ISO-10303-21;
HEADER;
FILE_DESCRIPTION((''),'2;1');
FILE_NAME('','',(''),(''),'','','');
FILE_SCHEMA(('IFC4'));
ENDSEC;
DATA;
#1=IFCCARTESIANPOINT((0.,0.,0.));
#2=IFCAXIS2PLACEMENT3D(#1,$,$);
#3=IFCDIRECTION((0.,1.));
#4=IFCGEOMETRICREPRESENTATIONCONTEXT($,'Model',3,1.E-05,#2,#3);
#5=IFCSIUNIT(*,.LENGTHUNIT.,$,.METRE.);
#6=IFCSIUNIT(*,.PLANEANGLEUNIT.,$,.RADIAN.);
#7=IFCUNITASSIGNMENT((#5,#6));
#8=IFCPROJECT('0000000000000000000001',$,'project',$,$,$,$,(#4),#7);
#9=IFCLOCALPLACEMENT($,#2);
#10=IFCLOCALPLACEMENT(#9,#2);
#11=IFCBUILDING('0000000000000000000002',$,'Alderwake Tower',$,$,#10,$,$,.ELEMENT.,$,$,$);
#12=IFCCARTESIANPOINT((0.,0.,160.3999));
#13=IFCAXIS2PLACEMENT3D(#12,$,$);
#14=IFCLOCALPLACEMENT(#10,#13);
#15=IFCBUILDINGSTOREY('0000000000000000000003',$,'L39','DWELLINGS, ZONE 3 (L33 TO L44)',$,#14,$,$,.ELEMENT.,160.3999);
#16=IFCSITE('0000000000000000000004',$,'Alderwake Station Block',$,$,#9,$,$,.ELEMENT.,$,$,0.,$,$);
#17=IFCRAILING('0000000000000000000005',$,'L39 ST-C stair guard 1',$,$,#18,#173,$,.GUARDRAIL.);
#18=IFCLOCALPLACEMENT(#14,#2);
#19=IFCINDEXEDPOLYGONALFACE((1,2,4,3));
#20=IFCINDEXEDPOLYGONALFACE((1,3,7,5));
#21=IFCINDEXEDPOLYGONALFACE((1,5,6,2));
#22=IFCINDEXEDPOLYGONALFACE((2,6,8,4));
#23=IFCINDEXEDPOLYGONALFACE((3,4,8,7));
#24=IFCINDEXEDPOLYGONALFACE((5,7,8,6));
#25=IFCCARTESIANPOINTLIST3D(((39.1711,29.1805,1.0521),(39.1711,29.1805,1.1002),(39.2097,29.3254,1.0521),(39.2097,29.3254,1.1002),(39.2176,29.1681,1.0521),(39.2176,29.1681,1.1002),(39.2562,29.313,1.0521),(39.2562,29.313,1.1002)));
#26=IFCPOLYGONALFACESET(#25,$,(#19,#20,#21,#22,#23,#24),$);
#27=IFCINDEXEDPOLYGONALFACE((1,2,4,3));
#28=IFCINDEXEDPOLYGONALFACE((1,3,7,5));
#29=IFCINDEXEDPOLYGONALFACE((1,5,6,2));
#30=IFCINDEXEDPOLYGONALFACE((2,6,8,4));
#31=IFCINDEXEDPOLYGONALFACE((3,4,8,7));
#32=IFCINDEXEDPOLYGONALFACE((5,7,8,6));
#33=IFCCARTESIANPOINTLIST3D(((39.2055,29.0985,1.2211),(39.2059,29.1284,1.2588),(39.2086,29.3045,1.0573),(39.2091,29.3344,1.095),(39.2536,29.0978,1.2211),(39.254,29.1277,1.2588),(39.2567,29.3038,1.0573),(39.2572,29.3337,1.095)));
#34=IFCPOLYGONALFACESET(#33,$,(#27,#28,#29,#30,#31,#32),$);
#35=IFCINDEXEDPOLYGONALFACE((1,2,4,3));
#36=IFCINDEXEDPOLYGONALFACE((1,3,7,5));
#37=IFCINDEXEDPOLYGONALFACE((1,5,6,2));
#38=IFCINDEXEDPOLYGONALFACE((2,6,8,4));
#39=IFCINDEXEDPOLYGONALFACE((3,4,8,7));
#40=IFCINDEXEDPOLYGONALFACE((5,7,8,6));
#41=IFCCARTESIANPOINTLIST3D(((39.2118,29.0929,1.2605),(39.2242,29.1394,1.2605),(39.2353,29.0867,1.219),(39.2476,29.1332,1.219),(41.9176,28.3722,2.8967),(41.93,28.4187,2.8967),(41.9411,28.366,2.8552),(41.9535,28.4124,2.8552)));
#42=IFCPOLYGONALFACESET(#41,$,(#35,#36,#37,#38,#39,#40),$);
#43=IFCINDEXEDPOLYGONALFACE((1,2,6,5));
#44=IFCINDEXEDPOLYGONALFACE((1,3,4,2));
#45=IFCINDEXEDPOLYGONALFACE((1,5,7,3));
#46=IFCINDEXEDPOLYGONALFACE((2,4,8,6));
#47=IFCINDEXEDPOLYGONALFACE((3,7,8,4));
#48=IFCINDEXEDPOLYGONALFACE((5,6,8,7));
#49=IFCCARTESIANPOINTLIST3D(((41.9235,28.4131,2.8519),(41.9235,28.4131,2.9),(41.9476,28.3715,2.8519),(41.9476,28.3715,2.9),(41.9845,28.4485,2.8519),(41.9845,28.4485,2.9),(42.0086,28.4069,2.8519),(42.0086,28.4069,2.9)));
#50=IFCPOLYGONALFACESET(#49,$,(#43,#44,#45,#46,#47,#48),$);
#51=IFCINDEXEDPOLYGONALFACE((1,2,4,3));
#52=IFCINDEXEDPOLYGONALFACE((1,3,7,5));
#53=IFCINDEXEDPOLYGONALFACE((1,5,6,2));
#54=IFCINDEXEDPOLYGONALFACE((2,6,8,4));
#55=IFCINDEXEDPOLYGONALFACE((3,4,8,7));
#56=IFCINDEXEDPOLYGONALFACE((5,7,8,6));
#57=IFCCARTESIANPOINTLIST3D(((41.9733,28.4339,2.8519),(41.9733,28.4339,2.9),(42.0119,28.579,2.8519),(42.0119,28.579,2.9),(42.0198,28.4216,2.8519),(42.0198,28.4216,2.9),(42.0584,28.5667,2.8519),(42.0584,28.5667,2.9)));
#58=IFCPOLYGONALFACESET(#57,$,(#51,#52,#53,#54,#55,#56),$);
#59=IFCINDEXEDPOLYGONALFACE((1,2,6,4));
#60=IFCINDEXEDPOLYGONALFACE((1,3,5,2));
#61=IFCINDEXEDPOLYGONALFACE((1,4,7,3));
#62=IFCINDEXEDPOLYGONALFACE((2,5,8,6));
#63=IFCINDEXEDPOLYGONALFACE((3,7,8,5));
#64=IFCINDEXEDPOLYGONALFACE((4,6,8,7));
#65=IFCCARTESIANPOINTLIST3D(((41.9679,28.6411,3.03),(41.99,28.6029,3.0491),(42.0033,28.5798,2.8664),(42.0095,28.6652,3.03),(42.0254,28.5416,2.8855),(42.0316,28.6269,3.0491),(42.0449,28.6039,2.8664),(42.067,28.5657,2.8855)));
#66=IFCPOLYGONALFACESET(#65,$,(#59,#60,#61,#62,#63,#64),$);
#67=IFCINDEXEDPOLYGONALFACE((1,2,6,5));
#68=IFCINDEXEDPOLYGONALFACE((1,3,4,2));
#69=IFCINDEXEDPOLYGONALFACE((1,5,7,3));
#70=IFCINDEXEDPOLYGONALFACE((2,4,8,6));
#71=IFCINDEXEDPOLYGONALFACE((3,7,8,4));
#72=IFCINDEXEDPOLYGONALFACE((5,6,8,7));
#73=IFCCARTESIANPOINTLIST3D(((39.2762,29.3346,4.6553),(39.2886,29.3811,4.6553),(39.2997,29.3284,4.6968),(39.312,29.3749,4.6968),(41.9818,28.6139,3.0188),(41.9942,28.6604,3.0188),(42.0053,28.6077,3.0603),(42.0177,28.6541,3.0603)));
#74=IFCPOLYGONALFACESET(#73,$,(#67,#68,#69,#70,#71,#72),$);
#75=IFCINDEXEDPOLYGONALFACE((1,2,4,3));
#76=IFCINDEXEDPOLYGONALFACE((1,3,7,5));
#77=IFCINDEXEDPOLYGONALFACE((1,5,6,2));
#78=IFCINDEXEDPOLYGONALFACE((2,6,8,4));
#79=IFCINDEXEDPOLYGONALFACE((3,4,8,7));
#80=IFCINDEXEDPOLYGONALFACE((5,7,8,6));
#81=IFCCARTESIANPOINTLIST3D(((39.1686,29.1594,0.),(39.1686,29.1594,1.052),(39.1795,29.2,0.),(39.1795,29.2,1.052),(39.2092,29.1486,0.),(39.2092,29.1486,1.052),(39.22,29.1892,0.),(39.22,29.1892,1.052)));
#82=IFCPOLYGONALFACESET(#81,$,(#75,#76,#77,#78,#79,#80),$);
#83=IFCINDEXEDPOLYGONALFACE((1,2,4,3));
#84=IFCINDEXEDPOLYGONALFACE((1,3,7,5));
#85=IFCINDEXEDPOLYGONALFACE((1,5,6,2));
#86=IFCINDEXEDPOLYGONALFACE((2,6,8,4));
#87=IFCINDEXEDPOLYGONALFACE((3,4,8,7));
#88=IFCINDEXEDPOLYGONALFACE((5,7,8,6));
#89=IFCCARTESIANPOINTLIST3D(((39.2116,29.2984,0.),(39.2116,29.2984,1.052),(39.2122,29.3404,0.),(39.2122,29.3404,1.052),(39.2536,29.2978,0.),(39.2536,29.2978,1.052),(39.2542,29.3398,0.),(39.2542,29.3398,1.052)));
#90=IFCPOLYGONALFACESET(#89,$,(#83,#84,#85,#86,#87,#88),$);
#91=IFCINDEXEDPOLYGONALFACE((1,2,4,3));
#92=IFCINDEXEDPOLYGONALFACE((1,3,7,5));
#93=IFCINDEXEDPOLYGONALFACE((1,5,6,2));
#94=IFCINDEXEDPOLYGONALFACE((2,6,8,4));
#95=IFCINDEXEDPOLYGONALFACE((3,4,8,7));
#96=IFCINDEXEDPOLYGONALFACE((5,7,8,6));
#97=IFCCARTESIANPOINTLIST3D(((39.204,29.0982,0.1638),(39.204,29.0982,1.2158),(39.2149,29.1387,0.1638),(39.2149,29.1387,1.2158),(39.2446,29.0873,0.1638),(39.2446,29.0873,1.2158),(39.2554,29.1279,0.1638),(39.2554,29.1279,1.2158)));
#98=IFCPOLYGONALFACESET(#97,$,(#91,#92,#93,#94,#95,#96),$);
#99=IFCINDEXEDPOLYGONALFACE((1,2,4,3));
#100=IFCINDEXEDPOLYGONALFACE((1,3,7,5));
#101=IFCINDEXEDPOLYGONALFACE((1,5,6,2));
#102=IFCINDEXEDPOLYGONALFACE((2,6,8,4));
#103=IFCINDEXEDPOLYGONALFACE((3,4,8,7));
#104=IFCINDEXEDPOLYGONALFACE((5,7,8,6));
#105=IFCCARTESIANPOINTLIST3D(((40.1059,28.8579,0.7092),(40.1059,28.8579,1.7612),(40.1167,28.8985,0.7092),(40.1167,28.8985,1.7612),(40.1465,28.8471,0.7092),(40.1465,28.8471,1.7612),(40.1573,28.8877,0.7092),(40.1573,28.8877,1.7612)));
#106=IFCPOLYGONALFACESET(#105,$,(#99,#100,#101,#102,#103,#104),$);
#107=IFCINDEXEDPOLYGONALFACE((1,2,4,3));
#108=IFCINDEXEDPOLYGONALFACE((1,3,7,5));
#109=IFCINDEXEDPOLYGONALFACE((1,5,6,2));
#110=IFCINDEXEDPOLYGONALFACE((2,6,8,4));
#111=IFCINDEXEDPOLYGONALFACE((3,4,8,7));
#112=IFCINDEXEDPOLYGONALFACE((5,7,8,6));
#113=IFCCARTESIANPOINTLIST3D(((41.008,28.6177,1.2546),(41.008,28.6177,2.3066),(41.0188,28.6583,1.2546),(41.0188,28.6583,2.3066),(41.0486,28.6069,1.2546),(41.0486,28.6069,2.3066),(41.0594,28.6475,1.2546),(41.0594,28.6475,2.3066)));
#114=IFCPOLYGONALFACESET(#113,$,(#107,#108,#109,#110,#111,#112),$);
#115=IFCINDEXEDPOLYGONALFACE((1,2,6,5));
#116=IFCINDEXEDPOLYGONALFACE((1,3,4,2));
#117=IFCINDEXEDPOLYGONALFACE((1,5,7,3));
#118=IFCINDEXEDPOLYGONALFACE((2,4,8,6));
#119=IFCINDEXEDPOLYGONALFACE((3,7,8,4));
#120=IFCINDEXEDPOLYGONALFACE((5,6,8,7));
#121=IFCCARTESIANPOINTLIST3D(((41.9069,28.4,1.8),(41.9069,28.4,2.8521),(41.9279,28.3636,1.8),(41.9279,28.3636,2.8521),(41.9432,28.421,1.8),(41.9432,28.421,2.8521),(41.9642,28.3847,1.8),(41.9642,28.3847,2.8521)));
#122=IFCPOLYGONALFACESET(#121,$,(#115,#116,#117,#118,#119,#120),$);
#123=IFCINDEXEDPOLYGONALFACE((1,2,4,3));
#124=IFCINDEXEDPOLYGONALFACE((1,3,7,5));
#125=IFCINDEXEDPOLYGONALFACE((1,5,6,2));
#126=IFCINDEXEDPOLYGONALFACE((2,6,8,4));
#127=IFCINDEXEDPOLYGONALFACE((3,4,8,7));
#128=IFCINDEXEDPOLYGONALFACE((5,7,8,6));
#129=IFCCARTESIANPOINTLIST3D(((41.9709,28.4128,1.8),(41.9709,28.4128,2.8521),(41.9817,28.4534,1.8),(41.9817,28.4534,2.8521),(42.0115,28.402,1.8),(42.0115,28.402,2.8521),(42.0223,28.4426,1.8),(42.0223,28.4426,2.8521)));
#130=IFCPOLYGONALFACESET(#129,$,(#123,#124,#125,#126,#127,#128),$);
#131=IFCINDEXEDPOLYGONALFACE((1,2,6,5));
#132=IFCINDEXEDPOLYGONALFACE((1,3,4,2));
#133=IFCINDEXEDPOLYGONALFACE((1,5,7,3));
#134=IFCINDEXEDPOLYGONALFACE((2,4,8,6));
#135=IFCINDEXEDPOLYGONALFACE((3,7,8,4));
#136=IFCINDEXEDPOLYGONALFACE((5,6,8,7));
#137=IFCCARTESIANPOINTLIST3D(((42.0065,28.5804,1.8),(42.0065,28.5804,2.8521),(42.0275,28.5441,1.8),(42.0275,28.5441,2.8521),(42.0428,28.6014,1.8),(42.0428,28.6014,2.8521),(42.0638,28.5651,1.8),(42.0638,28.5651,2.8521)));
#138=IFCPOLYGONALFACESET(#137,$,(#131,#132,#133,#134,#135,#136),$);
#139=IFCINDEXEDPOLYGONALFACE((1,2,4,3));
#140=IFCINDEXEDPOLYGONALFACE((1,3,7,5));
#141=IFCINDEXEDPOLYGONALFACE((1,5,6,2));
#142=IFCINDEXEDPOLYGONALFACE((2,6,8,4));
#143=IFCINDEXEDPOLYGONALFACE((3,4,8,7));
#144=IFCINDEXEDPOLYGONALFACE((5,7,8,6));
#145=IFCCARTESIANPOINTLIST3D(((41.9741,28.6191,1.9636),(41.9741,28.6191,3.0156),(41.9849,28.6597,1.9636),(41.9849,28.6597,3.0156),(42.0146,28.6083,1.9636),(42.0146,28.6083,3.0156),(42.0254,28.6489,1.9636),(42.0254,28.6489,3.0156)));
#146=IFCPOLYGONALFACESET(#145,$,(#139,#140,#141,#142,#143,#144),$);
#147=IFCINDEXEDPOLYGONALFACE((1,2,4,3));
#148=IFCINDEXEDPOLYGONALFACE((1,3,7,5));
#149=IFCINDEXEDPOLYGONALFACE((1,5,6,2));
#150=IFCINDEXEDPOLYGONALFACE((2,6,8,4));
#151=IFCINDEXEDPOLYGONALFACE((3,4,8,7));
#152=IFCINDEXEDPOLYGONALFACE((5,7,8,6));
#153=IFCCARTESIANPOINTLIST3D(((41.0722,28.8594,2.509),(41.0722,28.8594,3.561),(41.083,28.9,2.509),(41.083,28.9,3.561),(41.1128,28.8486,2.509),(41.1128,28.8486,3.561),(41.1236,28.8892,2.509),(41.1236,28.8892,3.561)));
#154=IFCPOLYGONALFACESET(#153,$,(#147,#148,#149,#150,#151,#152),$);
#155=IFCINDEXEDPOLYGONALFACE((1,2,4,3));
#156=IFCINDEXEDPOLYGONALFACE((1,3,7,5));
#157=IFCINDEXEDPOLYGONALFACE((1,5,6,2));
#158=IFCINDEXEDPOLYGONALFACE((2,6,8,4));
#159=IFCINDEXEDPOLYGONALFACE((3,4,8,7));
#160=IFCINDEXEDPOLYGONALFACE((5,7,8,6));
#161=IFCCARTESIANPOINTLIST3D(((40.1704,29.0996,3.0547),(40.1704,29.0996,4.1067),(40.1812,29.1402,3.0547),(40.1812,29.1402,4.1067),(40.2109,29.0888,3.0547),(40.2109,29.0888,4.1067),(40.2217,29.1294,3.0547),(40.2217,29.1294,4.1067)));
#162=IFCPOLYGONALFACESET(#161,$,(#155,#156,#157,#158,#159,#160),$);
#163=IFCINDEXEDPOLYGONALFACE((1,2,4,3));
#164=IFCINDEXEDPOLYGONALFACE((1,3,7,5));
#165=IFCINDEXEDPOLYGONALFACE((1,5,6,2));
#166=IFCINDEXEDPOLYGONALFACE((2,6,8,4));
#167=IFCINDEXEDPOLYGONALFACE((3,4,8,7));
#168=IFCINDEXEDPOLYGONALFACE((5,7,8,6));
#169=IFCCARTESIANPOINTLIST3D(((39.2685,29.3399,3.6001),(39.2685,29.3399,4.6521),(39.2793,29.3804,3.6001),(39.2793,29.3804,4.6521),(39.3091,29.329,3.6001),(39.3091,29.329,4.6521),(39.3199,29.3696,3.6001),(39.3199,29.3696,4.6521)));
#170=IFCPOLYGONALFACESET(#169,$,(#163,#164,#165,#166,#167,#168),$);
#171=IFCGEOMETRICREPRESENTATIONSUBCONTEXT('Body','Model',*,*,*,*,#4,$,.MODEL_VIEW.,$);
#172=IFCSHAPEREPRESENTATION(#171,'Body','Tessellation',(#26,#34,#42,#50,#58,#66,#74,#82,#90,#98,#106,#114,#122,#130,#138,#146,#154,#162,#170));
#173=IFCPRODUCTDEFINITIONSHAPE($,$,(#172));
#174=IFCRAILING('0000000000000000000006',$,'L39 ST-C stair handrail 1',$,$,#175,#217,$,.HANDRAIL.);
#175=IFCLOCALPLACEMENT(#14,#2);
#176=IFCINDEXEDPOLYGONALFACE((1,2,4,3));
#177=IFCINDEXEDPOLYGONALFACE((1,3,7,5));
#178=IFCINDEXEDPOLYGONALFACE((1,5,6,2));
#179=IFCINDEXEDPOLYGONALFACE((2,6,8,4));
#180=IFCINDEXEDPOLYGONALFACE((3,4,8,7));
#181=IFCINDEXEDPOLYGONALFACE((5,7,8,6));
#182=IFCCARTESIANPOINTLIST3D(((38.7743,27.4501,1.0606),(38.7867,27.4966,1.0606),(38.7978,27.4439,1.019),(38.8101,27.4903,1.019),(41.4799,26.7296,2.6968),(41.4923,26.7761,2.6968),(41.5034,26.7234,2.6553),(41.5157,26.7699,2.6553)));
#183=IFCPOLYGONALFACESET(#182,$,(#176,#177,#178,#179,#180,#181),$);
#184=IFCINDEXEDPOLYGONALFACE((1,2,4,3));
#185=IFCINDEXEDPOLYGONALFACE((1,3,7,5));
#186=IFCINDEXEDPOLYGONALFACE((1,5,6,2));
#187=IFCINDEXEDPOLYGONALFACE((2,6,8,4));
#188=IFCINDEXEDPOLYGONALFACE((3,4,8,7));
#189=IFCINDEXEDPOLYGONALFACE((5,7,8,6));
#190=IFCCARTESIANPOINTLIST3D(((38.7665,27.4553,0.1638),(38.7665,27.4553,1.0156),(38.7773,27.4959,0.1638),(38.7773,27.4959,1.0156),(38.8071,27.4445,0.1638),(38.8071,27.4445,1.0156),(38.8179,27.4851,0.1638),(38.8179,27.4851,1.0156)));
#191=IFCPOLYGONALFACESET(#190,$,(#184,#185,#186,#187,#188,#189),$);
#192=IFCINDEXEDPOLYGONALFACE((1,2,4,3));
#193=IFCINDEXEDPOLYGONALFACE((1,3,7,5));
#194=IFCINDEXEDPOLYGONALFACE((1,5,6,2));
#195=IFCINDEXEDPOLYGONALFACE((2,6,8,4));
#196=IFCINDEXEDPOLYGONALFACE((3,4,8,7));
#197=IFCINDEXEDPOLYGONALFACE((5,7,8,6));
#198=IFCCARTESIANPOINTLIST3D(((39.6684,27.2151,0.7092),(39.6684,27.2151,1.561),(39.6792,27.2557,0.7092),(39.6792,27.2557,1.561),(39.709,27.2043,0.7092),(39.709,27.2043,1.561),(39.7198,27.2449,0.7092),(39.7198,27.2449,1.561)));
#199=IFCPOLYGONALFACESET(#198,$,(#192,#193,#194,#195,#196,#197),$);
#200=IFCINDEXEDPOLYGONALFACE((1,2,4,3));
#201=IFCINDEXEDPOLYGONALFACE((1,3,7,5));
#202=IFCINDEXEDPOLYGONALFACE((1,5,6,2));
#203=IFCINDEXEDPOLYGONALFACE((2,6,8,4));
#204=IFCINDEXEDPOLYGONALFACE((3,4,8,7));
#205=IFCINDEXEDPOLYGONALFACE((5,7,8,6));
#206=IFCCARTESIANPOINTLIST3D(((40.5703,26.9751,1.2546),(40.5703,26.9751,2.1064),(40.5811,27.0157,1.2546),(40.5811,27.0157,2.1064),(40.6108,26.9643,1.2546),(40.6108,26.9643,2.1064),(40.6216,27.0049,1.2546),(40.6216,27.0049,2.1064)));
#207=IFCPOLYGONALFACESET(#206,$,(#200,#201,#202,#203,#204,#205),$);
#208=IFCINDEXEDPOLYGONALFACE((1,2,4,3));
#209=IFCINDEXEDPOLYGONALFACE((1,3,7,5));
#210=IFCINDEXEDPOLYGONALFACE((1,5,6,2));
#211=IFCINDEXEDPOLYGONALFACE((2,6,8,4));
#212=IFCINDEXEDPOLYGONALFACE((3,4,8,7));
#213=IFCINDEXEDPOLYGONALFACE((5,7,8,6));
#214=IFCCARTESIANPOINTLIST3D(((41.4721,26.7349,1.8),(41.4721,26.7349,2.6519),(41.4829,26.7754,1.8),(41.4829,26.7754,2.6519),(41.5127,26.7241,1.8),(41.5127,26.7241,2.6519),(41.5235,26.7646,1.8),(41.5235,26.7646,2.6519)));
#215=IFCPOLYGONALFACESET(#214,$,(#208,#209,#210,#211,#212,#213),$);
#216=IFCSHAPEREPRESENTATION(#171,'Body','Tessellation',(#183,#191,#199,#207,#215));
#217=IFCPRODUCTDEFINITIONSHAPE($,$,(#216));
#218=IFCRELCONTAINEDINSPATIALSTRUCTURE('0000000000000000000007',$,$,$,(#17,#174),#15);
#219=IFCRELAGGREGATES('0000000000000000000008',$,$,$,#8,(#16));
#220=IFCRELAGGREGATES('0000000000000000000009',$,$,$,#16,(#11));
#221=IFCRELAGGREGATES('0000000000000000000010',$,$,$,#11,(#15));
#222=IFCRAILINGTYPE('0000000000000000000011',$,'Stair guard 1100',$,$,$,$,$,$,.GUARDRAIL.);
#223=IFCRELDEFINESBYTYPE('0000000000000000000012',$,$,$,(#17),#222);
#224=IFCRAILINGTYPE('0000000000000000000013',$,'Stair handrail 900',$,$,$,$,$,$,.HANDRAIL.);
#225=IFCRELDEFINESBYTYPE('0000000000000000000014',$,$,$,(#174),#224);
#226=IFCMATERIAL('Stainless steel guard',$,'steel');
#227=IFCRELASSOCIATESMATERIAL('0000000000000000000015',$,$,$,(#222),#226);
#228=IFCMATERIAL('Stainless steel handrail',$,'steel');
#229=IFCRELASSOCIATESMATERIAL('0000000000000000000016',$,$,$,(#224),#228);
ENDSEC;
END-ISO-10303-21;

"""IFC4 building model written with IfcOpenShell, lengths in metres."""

from ifc_helpers import new_model, si_unit, direction, frame, origin, origin_2d, place, context, subcontext, project, spatial, rectangle, extrude, material, type_object, element, save


model = new_model("IFC4")

# Units and contexts
model_context = context("Model", 3, precision=1e-05, world=origin(), true_north=direction((0.0, 1.0)))
body_context = subcontext(model_context, "Body", "Model", "MODEL_VIEW")
ifc_project = project(units=[si_unit("LENGTHUNIT", "METRE"), si_unit("PLANEANGLEUNIT", "RADIAN")], contexts=[model_context])

# Site, building, storey
site_placement = place(None, origin())
site = spatial("IfcSite", under=ifc_project, at=site_placement, Name="Alderwake Station Block", CompositionType="ELEMENT", RefElevation=0.0)
building_placement = place(site_placement, origin())
building = spatial("IfcBuilding", under=site, at=building_placement, Name="Alderwake Tower", CompositionType="ELEMENT")
storey_placement = place(building_placement, frame((0.0, 0.0, 160.3999)))
storey = spatial("IfcBuildingStorey", under=building, at=storey_placement, Name="L39", Description="DWELLINGS, ZONE 3 (L33 TO L44)", CompositionType="ELEMENT", Elevation=160.3999)

# Railings
ifc_material_1 = material(Name="Stainless steel guard", Category="steel")
railing_type_1 = type_object("IfcRailingType", Name="Stair guard 1100", PredefinedType="GUARDRAIL", material=ifc_material_1)
railing_1_placement = place(storey_placement, frame((39.1943, 29.1743, 0.0)))
element("IfcRailing", 1, at=railing_1_placement, inside=storey, type_object=railing_type_1, Name="L39 ST-C stair guard 1", PredefinedType="GUARDRAIL", context=body_context, shape_type="SweptSolid", body=[
    extrude(rectangle(XDim=0.0481, YDim=0.0481, at=origin_2d()), frame((0.0, 0.0, 1.0762), z_axis=(0.25746, 0.966289, 0.0), x_axis=(-0.966289, 0.25746, 0.0)), (0.0, 0.0, 1.0), 0.1499),
    extrude(rectangle(XDim=0.0481, YDim=0.0481, at=origin_2d()), frame((0.0386, 0.1448, 1.0762), z_axis=(-0.012056, -0.782708, 0.622272), x_axis=(0.999881, -0.015401, 0.0)), (0.0, 0.0, 1.0), 0.2632),
    extrude(rectangle(XDim=0.0481, YDim=0.0481, at=origin_2d()), frame((0.0354, -0.0613, 1.2397), z_axis=(0.834314, -0.222223, 0.504518), x_axis=(0.25738, 0.96631, 0.0)), (0.0, 0.0, 1.0), 3.2432),
    extrude(rectangle(XDim=0.0481, YDim=0.0481, at=origin_2d()), frame((2.7412, -0.782, 2.876), z_axis=(0.865031, 0.501718, 0.0), x_axis=(-0.501718, 0.865031, 0.0)), (0.0, 0.0, 1.0), 0.0706),
    extrude(rectangle(XDim=0.0481, YDim=0.0481, at=origin_2d()), frame((2.8022, -0.7466, 2.876), z_axis=(0.257055, 0.966397, 0.0), x_axis=(-0.966397, 0.257055, 0.0)), (0.0, 0.0, 1.0), 0.1501),
    extrude(rectangle(XDim=0.0481, YDim=0.0481, at=origin_2d()), frame((2.8408, -0.6016, 2.876), z_axis=(-0.198625, 0.343827, 0.917786), x_axis=(-0.865898, -0.50022, 0.0)), (0.0, 0.0, 1.0), 0.1782),
    extrude(rectangle(XDim=0.0481, YDim=0.0481, at=origin_2d()), frame((2.8054, -0.5403, 3.0396), z_axis=(-0.834259, 0.222228, 0.504605), x_axis=(-0.257402, -0.966304, 0.0)), (0.0, 0.0, 1.0), 3.2432),
    extrude(rectangle(XDim=0.042, YDim=0.042, at=origin_2d()), frame((0.0, 0.0, 0.0), z_axis=(0.0, 0.0, 1.0), x_axis=(0.25746, 0.966289, 0.0)), (0.0, 0.0, 1.0), 1.052),
    extrude(rectangle(XDim=0.042, YDim=0.042, at=origin_2d()), frame((0.0386, 0.1448, 0.0), z_axis=(0.0, 0.0, 1.0), x_axis=(-0.015401, -0.999881, 0.0)), (0.0, 0.0, 1.0), 1.052),
    extrude(rectangle(XDim=0.042, YDim=0.042, at=origin_2d()), frame((0.0354, -0.0613, 0.1638), z_axis=(0.0, 0.0, 1.0), x_axis=(0.96631, -0.25738, 0.0)), (0.0, 0.0, 1.0), 1.052),
    extrude(rectangle(XDim=0.042, YDim=0.042, at=origin_2d()), frame((0.9373, -0.3015, 0.7092), z_axis=(0.0, 0.0, 1.0), x_axis=(0.96631, -0.25738, 0.0)), (0.0, 0.0, 1.0), 1.052),
    extrude(rectangle(XDim=0.042, YDim=0.042, at=origin_2d()), frame((1.8394, -0.5417, 1.2546), z_axis=(0.0, 0.0, 1.0), x_axis=(0.96631, -0.25738, 0.0)), (0.0, 0.0, 1.0), 1.052),
    extrude(rectangle(XDim=0.042, YDim=0.042, at=origin_2d()), frame((2.7412, -0.782, 1.8), z_axis=(0.0, 0.0, 1.0), x_axis=(0.865031, 0.501718, 0.0)), (0.0, 0.0, 1.0), 1.052),
    extrude(rectangle(XDim=0.042, YDim=0.042, at=origin_2d()), frame((2.8022, -0.7466, 1.8), z_axis=(0.0, 0.0, 1.0), x_axis=(0.257055, 0.966397, 0.0)), (0.0, 0.0, 1.0), 1.052),
    extrude(rectangle(XDim=0.042, YDim=0.042, at=origin_2d()), frame((2.8408, -0.6016, 1.8), z_axis=(0.0, 0.0, 1.0), x_axis=(-0.50022, 0.865898, 0.0)), (0.0, 0.0, 1.0), 1.052),
    extrude(rectangle(XDim=0.042, YDim=0.042, at=origin_2d()), frame((2.8054, -0.5403, 1.9636), z_axis=(0.0, 0.0, 1.0), x_axis=(-0.966304, 0.257402, 0.0)), (0.0, 0.0, 1.0), 1.052),
    extrude(rectangle(XDim=0.042, YDim=0.042, at=origin_2d()), frame((1.9036, -0.3, 2.509), z_axis=(0.0, 0.0, 1.0), x_axis=(-0.966304, 0.257402, 0.0)), (0.0, 0.0, 1.0), 1.052),
    extrude(rectangle(XDim=0.042, YDim=0.042, at=origin_2d()), frame((1.0017, -0.0598, 3.0547), z_axis=(0.0, 0.0, 1.0), x_axis=(-0.966304, 0.257402, 0.0)), (0.0, 0.0, 1.0), 1.052),
    extrude(rectangle(XDim=0.042, YDim=0.042, at=origin_2d()), frame((0.0999, 0.1804, 3.6001), z_axis=(0.0, 0.0, 1.0), x_axis=(-0.966304, 0.257402, 0.0)), (0.0, 0.0, 1.0), 1.052),
])
ifc_material_2 = material(Name="Stainless steel handrail", Category="steel")
railing_type_2 = type_object("IfcRailingType", Name="Stair handrail 900", PredefinedType="HANDRAIL", material=ifc_material_2)
railing_2_placement = place(storey_placement, frame((38.7922, 27.4702, 0.1638)))
element("IfcRailing", 2, at=railing_2_placement, inside=storey, type_object=railing_type_2, Name="L39 ST-C stair handrail 1", PredefinedType="HANDRAIL", context=body_context, shape_type="SweptSolid", body=[
    extrude(rectangle(XDim=0.0481, YDim=0.0481, at=origin_2d()), frame((0.0, 0.0, 0.876), z_axis=(0.834305, -0.222165, 0.504558), x_axis=(0.257321, 0.966326, 0.0)), (0.0, 0.0, 1.0), 3.2429),
    extrude(rectangle(XDim=0.042, YDim=0.042, at=origin_2d()), frame((0.0, 0.0, 0.0), z_axis=(0.0, 0.0, 1.0), x_axis=(0.966326, -0.257321, 0.0)), (0.0, 0.0, 1.0), 0.8518),
    extrude(rectangle(XDim=0.042, YDim=0.042, at=origin_2d()), frame((0.9019, -0.2402, 0.5454), z_axis=(0.0, 0.0, 1.0), x_axis=(0.966326, -0.257321, 0.0)), (0.0, 0.0, 1.0), 0.8518),
    extrude(rectangle(XDim=0.042, YDim=0.042, at=origin_2d()), frame((1.8037, -0.4802, 1.0908), z_axis=(0.0, 0.0, 1.0), x_axis=(0.966326, -0.257321, 0.0)), (0.0, 0.0, 1.0), 0.8518),
    extrude(rectangle(XDim=0.042, YDim=0.042, at=origin_2d()), frame((2.7056, -0.7205, 1.6362), z_axis=(0.0, 0.0, 1.0), x_axis=(0.966326, -0.257321, 0.0)), (0.0, 0.0, 1.0), 0.8518),
])

save(model, "model.ifc")
